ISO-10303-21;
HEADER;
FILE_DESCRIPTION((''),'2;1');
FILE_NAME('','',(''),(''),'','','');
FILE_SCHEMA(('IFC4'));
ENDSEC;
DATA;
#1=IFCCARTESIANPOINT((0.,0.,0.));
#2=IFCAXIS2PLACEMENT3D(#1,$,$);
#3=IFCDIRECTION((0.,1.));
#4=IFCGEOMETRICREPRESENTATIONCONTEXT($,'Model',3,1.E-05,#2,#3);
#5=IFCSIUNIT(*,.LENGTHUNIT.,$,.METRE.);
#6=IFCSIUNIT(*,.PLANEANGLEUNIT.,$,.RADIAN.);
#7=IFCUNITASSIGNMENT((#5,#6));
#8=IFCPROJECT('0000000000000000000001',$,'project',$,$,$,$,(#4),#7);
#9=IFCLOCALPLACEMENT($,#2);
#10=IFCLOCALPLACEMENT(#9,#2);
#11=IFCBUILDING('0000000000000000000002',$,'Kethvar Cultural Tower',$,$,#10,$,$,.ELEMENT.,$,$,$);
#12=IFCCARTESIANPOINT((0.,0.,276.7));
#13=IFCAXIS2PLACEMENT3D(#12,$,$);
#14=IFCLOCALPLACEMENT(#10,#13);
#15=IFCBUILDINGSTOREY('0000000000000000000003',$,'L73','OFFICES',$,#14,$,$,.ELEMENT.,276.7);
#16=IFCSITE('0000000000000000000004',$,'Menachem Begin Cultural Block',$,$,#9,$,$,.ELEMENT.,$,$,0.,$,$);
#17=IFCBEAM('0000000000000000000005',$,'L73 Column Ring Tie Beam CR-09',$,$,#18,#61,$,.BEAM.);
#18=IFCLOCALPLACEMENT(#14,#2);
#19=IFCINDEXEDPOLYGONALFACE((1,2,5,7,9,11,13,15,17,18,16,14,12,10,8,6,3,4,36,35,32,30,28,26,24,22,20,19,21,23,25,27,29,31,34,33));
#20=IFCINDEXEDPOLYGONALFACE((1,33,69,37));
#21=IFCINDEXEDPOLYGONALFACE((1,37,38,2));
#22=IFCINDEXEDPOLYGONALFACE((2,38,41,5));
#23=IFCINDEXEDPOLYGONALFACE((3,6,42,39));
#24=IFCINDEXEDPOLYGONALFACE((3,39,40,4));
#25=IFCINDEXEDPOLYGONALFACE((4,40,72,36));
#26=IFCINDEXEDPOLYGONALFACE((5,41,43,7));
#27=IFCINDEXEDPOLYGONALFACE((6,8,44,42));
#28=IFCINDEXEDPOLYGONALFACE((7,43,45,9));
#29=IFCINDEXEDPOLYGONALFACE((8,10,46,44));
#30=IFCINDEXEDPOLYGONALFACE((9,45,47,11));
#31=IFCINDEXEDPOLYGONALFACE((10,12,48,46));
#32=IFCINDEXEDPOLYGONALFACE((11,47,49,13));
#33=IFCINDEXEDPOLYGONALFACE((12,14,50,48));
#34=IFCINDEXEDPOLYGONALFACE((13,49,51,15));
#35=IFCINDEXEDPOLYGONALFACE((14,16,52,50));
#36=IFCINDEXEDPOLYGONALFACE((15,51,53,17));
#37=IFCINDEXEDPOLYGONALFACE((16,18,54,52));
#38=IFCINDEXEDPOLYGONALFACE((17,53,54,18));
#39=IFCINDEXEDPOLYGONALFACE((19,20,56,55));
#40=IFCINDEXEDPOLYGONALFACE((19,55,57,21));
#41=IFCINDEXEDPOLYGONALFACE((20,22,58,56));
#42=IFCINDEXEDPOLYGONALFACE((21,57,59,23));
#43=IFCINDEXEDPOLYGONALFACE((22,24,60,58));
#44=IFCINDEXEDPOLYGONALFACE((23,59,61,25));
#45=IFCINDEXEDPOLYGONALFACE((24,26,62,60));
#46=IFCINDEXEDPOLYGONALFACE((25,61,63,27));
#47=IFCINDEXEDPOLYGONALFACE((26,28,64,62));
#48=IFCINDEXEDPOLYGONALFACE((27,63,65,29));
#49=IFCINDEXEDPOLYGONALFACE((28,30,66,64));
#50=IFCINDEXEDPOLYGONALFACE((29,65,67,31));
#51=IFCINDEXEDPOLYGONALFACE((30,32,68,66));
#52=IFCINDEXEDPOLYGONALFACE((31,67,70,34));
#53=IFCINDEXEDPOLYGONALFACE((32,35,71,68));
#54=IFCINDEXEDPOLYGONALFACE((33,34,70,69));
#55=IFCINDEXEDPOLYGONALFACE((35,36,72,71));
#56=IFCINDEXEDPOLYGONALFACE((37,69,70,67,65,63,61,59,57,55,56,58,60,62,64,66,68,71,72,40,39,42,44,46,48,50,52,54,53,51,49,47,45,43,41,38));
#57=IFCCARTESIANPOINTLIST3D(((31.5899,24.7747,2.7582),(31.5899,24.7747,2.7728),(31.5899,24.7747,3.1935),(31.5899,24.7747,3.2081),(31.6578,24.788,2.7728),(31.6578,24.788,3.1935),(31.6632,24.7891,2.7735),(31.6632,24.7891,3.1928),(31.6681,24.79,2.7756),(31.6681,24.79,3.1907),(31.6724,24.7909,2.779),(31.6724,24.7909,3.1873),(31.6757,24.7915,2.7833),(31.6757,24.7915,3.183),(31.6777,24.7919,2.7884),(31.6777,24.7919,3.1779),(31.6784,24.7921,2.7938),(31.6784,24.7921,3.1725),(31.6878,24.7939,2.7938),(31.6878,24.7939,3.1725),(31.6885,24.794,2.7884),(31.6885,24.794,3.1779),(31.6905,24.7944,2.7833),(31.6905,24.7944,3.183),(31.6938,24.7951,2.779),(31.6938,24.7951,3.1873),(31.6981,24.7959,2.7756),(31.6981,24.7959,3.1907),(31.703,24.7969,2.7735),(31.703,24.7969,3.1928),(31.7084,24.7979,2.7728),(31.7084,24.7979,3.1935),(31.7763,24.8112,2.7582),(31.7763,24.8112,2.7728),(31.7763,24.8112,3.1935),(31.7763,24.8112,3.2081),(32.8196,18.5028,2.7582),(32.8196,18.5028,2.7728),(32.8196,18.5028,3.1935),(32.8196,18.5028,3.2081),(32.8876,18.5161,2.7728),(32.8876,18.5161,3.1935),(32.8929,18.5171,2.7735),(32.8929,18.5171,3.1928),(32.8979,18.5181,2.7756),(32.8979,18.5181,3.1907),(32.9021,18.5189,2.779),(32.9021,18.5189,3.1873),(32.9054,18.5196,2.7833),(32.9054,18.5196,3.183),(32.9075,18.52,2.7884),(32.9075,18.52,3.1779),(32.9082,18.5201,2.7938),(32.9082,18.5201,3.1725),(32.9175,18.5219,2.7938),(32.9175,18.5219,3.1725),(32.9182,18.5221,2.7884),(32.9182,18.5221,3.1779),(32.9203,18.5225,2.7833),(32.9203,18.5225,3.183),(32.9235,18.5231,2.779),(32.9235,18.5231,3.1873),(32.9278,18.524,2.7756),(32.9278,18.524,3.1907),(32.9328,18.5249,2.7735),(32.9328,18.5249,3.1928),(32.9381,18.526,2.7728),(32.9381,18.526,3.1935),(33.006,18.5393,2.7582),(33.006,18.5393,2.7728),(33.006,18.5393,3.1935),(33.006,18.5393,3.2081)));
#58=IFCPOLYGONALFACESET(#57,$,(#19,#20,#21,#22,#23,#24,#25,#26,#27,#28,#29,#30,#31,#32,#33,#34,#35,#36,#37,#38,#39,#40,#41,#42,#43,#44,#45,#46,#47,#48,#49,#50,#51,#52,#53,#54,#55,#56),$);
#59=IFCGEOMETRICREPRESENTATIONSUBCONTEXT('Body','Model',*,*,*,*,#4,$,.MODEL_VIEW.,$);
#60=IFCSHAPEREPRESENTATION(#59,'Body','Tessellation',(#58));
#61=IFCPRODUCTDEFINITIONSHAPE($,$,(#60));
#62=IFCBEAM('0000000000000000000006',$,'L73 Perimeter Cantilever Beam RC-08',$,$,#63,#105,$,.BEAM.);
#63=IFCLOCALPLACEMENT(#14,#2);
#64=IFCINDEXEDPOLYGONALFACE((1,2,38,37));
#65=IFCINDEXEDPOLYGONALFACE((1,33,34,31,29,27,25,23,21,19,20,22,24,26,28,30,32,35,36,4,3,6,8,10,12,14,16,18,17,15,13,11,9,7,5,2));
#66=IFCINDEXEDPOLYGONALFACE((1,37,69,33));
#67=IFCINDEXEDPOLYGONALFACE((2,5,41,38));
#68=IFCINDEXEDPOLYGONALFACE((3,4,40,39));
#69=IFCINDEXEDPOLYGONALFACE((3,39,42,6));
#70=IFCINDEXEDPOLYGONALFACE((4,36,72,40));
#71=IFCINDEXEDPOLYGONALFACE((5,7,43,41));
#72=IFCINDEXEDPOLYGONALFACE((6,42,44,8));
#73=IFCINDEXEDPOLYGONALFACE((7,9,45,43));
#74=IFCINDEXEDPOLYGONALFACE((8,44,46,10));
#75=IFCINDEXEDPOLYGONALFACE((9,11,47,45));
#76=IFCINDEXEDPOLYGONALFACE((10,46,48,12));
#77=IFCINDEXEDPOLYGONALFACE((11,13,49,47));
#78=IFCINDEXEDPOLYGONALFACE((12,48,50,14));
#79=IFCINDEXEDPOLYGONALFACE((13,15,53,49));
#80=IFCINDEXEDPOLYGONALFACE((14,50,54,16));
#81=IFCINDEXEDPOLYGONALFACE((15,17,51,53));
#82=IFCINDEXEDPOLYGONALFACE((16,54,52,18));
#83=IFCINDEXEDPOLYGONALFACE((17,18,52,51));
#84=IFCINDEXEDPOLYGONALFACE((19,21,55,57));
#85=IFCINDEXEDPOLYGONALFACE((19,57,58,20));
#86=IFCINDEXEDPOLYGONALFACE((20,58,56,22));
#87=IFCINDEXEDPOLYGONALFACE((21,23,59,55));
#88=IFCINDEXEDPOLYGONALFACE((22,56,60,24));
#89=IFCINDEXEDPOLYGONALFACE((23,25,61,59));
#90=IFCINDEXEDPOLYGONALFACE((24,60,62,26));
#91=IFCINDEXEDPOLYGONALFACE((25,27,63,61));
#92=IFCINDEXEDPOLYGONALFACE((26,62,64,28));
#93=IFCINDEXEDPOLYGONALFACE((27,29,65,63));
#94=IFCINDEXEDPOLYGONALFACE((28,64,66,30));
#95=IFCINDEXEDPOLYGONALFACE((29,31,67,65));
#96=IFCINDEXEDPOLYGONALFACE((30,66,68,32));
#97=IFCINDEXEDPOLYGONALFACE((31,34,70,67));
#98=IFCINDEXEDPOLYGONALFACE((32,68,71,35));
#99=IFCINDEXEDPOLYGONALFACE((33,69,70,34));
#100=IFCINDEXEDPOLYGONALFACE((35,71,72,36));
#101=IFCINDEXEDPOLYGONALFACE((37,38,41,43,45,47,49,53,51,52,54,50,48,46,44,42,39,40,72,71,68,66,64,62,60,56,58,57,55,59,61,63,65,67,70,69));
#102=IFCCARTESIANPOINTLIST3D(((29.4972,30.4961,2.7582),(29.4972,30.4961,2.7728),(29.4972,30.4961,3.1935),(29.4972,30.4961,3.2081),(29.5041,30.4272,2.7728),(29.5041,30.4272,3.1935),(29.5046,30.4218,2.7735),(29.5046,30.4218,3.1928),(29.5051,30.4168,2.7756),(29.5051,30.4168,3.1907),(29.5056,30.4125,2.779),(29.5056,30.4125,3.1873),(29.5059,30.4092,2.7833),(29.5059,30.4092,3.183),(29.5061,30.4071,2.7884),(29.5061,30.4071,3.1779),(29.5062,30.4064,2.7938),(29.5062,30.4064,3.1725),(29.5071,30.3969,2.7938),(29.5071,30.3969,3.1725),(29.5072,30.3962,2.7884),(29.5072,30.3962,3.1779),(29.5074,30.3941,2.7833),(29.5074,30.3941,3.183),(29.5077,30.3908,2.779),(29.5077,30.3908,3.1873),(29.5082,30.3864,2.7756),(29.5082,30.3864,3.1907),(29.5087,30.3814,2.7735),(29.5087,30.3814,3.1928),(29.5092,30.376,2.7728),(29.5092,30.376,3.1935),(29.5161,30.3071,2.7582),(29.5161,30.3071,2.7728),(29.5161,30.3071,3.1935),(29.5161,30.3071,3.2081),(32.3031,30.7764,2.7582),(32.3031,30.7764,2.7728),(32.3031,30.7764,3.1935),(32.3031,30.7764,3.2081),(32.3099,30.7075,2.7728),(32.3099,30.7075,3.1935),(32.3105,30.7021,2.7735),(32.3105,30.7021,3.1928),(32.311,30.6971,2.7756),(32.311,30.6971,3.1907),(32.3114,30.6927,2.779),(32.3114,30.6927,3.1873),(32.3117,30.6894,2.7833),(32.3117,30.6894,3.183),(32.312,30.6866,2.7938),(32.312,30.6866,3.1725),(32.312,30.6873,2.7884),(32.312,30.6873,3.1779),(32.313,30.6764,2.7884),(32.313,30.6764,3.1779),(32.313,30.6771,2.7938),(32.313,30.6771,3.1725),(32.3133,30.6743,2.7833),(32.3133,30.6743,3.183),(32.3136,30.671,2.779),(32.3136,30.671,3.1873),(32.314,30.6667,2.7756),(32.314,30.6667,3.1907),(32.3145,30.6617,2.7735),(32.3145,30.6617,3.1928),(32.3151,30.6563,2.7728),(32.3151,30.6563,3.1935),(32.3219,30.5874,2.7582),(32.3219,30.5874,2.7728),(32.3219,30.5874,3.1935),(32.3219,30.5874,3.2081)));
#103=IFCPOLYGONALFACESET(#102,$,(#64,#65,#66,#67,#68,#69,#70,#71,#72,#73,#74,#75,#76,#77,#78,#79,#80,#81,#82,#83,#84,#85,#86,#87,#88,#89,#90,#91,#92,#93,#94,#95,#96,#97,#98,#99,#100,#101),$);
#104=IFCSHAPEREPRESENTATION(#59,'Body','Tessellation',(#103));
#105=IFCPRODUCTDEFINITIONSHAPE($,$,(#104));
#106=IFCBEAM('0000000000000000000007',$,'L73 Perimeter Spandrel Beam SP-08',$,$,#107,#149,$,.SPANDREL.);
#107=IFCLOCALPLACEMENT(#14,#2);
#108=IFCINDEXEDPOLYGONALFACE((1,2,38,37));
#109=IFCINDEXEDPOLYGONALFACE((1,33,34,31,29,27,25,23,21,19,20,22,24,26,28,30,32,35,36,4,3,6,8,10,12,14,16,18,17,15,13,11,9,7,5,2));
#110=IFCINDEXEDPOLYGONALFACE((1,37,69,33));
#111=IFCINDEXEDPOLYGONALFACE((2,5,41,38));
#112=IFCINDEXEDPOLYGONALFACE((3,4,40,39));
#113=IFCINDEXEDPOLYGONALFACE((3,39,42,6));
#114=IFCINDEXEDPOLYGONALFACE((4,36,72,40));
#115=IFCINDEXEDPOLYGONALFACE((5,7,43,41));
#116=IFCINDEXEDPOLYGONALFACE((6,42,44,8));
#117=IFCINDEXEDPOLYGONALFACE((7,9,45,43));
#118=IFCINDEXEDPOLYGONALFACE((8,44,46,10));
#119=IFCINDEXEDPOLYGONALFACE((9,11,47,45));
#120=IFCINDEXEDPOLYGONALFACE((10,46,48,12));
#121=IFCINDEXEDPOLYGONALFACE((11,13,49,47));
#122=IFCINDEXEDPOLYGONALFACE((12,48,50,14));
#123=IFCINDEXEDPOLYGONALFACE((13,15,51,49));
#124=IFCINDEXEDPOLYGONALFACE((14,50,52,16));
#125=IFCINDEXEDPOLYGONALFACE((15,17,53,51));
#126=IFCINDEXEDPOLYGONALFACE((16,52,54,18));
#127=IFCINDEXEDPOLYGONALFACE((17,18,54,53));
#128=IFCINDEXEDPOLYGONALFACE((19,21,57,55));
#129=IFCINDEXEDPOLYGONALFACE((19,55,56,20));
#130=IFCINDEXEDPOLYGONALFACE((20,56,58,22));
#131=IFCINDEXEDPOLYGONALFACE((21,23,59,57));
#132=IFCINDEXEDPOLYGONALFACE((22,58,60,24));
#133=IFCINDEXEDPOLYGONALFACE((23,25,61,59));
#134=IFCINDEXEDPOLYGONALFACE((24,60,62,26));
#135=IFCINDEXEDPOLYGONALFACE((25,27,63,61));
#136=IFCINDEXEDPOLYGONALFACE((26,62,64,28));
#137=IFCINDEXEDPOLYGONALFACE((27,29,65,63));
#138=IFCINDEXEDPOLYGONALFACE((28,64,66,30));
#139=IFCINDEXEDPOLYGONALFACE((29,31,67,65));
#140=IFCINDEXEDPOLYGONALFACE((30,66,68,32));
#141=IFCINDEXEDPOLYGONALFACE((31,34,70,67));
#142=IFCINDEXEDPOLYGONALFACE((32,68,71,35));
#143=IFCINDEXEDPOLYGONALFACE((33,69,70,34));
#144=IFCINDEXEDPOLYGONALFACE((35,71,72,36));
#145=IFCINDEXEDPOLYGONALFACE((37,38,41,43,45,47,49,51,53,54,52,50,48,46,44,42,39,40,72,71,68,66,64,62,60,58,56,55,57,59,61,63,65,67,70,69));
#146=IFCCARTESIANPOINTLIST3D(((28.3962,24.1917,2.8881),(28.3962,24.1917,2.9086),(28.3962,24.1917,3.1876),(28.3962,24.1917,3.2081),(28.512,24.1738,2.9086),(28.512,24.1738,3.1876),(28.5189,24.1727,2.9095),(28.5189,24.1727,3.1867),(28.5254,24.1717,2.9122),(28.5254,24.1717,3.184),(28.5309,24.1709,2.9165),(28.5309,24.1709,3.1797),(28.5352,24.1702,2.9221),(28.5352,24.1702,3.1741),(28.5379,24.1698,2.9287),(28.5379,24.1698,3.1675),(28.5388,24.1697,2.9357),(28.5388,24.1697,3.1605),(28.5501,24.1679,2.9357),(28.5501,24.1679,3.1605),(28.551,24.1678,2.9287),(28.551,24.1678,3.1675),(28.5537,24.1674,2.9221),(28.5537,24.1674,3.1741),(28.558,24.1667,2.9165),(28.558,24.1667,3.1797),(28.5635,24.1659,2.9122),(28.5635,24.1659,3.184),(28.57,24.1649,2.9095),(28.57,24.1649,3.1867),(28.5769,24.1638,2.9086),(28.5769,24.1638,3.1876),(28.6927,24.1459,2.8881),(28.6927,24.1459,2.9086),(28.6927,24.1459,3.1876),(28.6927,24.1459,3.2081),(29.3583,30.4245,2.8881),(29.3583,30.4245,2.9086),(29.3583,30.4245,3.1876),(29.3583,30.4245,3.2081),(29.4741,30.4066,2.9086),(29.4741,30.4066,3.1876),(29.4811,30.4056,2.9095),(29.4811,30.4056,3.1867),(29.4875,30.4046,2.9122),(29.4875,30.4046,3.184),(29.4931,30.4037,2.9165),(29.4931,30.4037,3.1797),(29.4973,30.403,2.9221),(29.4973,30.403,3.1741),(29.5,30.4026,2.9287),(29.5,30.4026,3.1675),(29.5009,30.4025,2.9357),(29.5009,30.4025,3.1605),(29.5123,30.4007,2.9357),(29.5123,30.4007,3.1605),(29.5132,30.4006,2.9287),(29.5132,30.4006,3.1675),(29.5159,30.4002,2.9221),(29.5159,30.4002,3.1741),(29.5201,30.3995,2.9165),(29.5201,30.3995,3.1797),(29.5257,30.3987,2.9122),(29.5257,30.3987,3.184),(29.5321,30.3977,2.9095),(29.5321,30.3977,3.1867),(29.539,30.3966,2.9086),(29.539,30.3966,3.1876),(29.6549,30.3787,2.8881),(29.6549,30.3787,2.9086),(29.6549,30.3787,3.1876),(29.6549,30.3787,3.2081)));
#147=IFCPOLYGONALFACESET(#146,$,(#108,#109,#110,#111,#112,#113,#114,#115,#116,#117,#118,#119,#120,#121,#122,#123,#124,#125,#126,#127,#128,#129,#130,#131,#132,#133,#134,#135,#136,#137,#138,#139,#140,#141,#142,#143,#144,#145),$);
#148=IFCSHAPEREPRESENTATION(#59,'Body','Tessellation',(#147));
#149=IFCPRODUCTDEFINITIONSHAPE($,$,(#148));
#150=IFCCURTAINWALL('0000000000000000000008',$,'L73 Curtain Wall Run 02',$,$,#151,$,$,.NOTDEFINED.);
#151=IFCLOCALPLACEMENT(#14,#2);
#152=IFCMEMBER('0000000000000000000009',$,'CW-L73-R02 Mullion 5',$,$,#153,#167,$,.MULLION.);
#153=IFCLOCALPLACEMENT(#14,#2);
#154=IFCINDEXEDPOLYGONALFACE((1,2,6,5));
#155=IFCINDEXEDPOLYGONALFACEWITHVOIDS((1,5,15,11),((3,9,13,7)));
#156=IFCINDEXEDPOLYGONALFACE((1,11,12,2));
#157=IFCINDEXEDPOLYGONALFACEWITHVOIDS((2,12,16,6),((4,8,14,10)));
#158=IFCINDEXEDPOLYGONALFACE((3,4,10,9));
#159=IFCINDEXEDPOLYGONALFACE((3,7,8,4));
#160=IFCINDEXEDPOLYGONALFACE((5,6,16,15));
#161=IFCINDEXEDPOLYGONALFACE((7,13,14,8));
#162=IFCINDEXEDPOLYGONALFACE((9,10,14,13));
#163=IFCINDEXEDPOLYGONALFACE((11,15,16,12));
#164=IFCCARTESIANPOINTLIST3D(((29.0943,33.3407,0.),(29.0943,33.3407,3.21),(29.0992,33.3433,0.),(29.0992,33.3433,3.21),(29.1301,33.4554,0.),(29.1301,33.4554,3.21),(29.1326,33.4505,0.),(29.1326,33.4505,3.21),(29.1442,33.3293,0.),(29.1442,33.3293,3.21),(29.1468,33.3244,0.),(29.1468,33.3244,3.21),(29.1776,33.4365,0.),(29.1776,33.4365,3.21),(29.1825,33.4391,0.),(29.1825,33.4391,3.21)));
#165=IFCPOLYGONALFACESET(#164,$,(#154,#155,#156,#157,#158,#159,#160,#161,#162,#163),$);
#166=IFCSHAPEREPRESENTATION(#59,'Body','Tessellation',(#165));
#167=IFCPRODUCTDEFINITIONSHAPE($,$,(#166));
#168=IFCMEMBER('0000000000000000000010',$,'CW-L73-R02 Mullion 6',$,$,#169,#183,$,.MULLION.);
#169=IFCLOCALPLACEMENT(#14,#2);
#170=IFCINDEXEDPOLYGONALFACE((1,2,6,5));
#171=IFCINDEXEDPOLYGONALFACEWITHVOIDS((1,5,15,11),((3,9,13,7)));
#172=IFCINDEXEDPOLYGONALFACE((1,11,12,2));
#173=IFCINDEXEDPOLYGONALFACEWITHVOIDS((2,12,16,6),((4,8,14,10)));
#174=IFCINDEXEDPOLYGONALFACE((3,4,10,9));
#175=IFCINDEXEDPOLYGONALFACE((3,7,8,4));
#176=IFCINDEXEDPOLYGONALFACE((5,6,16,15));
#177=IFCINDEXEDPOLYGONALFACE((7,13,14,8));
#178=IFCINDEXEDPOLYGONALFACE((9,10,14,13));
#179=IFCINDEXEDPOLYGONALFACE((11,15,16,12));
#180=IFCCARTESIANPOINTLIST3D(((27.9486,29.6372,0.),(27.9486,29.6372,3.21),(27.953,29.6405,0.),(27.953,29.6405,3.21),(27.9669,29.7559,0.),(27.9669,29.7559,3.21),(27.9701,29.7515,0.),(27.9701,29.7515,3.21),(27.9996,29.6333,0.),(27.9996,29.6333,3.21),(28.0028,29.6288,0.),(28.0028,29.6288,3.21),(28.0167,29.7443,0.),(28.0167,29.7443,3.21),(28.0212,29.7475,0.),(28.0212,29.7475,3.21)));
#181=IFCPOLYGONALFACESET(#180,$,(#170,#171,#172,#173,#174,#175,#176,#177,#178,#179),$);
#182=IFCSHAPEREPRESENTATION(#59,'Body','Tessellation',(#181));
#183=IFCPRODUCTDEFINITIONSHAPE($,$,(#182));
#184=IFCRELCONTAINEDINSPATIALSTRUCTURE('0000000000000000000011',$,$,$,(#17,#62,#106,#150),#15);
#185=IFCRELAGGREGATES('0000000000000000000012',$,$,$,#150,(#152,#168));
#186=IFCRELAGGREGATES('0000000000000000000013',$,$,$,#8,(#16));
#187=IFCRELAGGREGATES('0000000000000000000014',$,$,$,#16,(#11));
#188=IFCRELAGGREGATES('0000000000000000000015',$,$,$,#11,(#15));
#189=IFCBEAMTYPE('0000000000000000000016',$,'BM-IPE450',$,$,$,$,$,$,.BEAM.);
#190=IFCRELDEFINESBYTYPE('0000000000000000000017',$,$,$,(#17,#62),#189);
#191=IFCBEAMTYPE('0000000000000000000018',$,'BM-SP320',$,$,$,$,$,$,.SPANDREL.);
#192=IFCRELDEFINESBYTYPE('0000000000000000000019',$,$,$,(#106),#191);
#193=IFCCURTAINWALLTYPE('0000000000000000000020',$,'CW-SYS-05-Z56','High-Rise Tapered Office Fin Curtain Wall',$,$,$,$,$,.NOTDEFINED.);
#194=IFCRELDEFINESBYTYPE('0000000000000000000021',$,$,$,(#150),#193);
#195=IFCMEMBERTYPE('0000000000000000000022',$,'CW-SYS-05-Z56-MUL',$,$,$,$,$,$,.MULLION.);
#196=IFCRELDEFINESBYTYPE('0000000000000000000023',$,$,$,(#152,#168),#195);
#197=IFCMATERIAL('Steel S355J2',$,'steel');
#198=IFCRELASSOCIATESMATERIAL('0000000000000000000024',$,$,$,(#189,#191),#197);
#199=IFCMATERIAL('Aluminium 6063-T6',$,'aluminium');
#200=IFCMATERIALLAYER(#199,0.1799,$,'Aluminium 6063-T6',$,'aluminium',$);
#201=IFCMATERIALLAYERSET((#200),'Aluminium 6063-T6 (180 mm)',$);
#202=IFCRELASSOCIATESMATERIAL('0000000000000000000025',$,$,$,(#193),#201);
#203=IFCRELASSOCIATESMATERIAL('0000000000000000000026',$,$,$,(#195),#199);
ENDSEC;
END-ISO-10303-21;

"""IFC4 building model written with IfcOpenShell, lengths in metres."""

from ifc_helpers import new_model, si_unit, direction, frame, origin, origin_2d, place, context, subcontext, project, spatial, hollow_rectangle, i_section, extrude, source, transform, mapped, material, layer, layer_set, material_profile, profile_set, type_object, element, aggregate, save


model = new_model("IFC4")

# Units and contexts
model_context = context("Model", 3, precision=1e-05, world=origin(), true_north=direction((0.0, 1.0)))
body_context = subcontext(model_context, "Body", "Model", "MODEL_VIEW")
ifc_project = project(units=[si_unit("LENGTHUNIT", "METRE"), si_unit("PLANEANGLEUNIT", "RADIAN")], contexts=[model_context])

# Site, building, storey
site_placement = place(None, origin())
site = spatial("IfcSite", under=ifc_project, at=site_placement, Name="Menachem Begin Cultural Block", CompositionType="ELEMENT", RefElevation=0.0)
building_placement = place(site_placement, origin())
building = spatial("IfcBuilding", under=site, at=building_placement, Name="Kethvar Cultural Tower", CompositionType="ELEMENT")
storey_placement = place(building_placement, frame((0.0, 0.0, 276.7)))
storey = spatial("IfcBuildingStorey", under=building, at=storey_placement, Name="L73", Description="OFFICES", CompositionType="ELEMENT", Elevation=276.7)

# Shared definitions
ifc_material_1 = material(Name="Steel S355J2", Category="steel")

# Beams
ifc_material_profile_1 = material_profile(ifc_material_1, i_section(OverallWidth=0.1899, OverallDepth=0.45, WebThickness=0.0095, FlangeThickness=0.0146, FilletRadius=0.021, at=origin_2d()), Name="Steel S355J2 — IPE450")
ifc_profile_set_1 = profile_set([ifc_material_profile_1], Name="Steel S355J2 — IPE450")
beam_type_1 = type_object("IfcBeamType", Name="BM-IPE450", PredefinedType="BEAM", material=ifc_profile_set_1)
shared_shape_1 = source(origin(), body_context, "Body", "SweptSolid", [
    extrude(i_section(OverallWidth=0.1899, OverallDepth=0.45, WebThickness=0.0095, FlangeThickness=0.0146, FilletRadius=0.021, at=origin_2d()), origin(), (0.0, 0.0, 1.0), 6.3914),
])
beam_1_placement = place(storey_placement, frame((31.6831, 24.793, 2.9832), z_axis=(0.192405, -0.981316, 0.0), x_axis=(0.981316, 0.192405, 0.0)))
element("IfcBeam", 1, at=beam_1_placement, inside=storey, type_object=beam_type_1, Name="L73 Column Ring Tie Beam CR-09", PredefinedType="BEAM", context=body_context, shape_type="MappedRepresentation", body=[
    mapped(shared_shape_1, transform((0.0, 0.0, 0.0), scale=1.0)),
])
shared_shape_2 = source(origin(), body_context, "Body", "SweptSolid", [
    extrude(i_section(OverallWidth=0.1899, OverallDepth=0.45, WebThickness=0.0095, FlangeThickness=0.0146, FilletRadius=0.021, at=origin_2d()), origin(), (0.0, 0.0, 1.0), 2.8198),
])
beam_2_placement = place(storey_placement, frame((32.3125, 30.6819, 2.9832), z_axis=(-0.995048, -0.099392, 0.0), x_axis=(0.099392, -0.995048, 0.0)))
element("IfcBeam", 2, at=beam_2_placement, inside=storey, type_object=beam_type_1, Name="L73 Perimeter Cantilever Beam RC-08", PredefinedType="BEAM", context=body_context, shape_type="MappedRepresentation", body=[
    mapped(shared_shape_2, transform((0.0, 0.0, 0.0), scale=1.0)),
])
ifc_material_profile_2 = material_profile(ifc_material_1, i_section(OverallWidth=0.3, OverallDepth=0.3201, WebThickness=0.0115, FlangeThickness=0.0205, FilletRadius=0.0271, at=origin_2d()), Name="Steel S355J2 — HEB320")
ifc_profile_set_2 = profile_set([ifc_material_profile_2], Name="Steel S355J2 — HEB320")
beam_type_2 = type_object("IfcBeamType", Name="BM-SP320", PredefinedType="SPANDREL", material=ifc_profile_set_2)
shared_shape_3 = source(origin(), body_context, "Body", "SweptSolid", [
    extrude(i_section(OverallWidth=0.3, OverallDepth=0.3201, WebThickness=0.0115, FlangeThickness=0.0205, FilletRadius=0.0271, at=origin_2d()), origin(), (0.0, 0.0, 1.0), 6.3066),
])
beam_3_placement = place(storey_placement, frame((29.5066, 30.4016, 3.0481), z_axis=(-0.15256, -0.988294, 0.0), x_axis=(0.988294, -0.15256, 0.0)))
element("IfcBeam", 3, at=beam_3_placement, inside=storey, type_object=beam_type_2, Name="L73 Perimeter Spandrel Beam SP-08", PredefinedType="SPANDREL", context=body_context, shape_type="MappedRepresentation", body=[
    mapped(shared_shape_3, transform((0.0, 0.0, 0.0), scale=1.0)),
])

# Curtain wall, members
ifc_material_2 = material(Name="Aluminium 6063-T6", Category="aluminium")
ifc_layer_1 = layer(ifc_material_2, 0.1799, Name="Aluminium 6063-T6", Category="aluminium")
ifc_layer_set_1 = layer_set([ifc_layer_1], Name="Aluminium 6063-T6 (180 mm)")
curtain_wall_type = type_object("IfcCurtainWallType", Name="CW-SYS-05-Z56", Description="High-Rise Tapered Office Fin Curtain Wall", PredefinedType="NOTDEFINED", material=ifc_layer_set_1)
curtain_wall_1_placement = place(storey_placement, origin())
curtain_wall_1 = element("IfcCurtainWall", 4, at=curtain_wall_1_placement, inside=storey, type_object=curtain_wall_type, Name="L73 Curtain Wall Run 02", PredefinedType="NOTDEFINED")
ifc_material_profile_3 = material_profile(ifc_material_2, hollow_rectangle(XDim=0.0549, YDim=0.1201, WallThickness=0.0039, at=origin_2d()), Name="Aluminium 6063-T6 — RHS120x55x4")
ifc_profile_set_3 = profile_set([ifc_material_profile_3], Name="Aluminium 6063-T6 — RHS120x55x4")
member_type_1 = type_object("IfcMemberType", Name="CW-SYS-05-Z56-MUL", PredefinedType="MULLION", material=ifc_profile_set_3)
shared_shape_4 = source(origin(), body_context, "Body", "SweptSolid", [
    extrude(hollow_rectangle(XDim=0.0549, YDim=0.1201, WallThickness=0.0039, at=origin_2d()), origin(), (0.0, 0.0, 1.0), 3.21),
])
member_1_placement = place(storey_placement, frame((29.1384, 33.3899, 0.0), z_axis=(0.0, 0.0, 1.0), x_axis=(0.954709, -0.297542, 0.0)))
member_1 = element("IfcMember", 5, at=member_1_placement, type_object=member_type_1, Name="CW-L73-R02 Mullion 5", PredefinedType="MULLION", context=body_context, shape_type="MappedRepresentation", body=[
    mapped(shared_shape_4, transform((0.0, 0.0, 0.0), scale=1.0)),
])
member_2_placement = place(storey_placement, frame((27.9849, 29.6924, 0.0), z_axis=(0.0, 0.0, 1.0), x_axis=(0.988284, -0.152624, 0.0)))
member_2 = element("IfcMember", 6, at=member_2_placement, type_object=member_type_1, Name="CW-L73-R02 Mullion 6", PredefinedType="MULLION", context=body_context, shape_type="MappedRepresentation", body=[
    mapped(shared_shape_4, transform((0.0, 0.0, 0.0), scale=1.0)),
])

aggregate(curtain_wall_1, [member_1, member_2])

save(model, "model.ifc")
